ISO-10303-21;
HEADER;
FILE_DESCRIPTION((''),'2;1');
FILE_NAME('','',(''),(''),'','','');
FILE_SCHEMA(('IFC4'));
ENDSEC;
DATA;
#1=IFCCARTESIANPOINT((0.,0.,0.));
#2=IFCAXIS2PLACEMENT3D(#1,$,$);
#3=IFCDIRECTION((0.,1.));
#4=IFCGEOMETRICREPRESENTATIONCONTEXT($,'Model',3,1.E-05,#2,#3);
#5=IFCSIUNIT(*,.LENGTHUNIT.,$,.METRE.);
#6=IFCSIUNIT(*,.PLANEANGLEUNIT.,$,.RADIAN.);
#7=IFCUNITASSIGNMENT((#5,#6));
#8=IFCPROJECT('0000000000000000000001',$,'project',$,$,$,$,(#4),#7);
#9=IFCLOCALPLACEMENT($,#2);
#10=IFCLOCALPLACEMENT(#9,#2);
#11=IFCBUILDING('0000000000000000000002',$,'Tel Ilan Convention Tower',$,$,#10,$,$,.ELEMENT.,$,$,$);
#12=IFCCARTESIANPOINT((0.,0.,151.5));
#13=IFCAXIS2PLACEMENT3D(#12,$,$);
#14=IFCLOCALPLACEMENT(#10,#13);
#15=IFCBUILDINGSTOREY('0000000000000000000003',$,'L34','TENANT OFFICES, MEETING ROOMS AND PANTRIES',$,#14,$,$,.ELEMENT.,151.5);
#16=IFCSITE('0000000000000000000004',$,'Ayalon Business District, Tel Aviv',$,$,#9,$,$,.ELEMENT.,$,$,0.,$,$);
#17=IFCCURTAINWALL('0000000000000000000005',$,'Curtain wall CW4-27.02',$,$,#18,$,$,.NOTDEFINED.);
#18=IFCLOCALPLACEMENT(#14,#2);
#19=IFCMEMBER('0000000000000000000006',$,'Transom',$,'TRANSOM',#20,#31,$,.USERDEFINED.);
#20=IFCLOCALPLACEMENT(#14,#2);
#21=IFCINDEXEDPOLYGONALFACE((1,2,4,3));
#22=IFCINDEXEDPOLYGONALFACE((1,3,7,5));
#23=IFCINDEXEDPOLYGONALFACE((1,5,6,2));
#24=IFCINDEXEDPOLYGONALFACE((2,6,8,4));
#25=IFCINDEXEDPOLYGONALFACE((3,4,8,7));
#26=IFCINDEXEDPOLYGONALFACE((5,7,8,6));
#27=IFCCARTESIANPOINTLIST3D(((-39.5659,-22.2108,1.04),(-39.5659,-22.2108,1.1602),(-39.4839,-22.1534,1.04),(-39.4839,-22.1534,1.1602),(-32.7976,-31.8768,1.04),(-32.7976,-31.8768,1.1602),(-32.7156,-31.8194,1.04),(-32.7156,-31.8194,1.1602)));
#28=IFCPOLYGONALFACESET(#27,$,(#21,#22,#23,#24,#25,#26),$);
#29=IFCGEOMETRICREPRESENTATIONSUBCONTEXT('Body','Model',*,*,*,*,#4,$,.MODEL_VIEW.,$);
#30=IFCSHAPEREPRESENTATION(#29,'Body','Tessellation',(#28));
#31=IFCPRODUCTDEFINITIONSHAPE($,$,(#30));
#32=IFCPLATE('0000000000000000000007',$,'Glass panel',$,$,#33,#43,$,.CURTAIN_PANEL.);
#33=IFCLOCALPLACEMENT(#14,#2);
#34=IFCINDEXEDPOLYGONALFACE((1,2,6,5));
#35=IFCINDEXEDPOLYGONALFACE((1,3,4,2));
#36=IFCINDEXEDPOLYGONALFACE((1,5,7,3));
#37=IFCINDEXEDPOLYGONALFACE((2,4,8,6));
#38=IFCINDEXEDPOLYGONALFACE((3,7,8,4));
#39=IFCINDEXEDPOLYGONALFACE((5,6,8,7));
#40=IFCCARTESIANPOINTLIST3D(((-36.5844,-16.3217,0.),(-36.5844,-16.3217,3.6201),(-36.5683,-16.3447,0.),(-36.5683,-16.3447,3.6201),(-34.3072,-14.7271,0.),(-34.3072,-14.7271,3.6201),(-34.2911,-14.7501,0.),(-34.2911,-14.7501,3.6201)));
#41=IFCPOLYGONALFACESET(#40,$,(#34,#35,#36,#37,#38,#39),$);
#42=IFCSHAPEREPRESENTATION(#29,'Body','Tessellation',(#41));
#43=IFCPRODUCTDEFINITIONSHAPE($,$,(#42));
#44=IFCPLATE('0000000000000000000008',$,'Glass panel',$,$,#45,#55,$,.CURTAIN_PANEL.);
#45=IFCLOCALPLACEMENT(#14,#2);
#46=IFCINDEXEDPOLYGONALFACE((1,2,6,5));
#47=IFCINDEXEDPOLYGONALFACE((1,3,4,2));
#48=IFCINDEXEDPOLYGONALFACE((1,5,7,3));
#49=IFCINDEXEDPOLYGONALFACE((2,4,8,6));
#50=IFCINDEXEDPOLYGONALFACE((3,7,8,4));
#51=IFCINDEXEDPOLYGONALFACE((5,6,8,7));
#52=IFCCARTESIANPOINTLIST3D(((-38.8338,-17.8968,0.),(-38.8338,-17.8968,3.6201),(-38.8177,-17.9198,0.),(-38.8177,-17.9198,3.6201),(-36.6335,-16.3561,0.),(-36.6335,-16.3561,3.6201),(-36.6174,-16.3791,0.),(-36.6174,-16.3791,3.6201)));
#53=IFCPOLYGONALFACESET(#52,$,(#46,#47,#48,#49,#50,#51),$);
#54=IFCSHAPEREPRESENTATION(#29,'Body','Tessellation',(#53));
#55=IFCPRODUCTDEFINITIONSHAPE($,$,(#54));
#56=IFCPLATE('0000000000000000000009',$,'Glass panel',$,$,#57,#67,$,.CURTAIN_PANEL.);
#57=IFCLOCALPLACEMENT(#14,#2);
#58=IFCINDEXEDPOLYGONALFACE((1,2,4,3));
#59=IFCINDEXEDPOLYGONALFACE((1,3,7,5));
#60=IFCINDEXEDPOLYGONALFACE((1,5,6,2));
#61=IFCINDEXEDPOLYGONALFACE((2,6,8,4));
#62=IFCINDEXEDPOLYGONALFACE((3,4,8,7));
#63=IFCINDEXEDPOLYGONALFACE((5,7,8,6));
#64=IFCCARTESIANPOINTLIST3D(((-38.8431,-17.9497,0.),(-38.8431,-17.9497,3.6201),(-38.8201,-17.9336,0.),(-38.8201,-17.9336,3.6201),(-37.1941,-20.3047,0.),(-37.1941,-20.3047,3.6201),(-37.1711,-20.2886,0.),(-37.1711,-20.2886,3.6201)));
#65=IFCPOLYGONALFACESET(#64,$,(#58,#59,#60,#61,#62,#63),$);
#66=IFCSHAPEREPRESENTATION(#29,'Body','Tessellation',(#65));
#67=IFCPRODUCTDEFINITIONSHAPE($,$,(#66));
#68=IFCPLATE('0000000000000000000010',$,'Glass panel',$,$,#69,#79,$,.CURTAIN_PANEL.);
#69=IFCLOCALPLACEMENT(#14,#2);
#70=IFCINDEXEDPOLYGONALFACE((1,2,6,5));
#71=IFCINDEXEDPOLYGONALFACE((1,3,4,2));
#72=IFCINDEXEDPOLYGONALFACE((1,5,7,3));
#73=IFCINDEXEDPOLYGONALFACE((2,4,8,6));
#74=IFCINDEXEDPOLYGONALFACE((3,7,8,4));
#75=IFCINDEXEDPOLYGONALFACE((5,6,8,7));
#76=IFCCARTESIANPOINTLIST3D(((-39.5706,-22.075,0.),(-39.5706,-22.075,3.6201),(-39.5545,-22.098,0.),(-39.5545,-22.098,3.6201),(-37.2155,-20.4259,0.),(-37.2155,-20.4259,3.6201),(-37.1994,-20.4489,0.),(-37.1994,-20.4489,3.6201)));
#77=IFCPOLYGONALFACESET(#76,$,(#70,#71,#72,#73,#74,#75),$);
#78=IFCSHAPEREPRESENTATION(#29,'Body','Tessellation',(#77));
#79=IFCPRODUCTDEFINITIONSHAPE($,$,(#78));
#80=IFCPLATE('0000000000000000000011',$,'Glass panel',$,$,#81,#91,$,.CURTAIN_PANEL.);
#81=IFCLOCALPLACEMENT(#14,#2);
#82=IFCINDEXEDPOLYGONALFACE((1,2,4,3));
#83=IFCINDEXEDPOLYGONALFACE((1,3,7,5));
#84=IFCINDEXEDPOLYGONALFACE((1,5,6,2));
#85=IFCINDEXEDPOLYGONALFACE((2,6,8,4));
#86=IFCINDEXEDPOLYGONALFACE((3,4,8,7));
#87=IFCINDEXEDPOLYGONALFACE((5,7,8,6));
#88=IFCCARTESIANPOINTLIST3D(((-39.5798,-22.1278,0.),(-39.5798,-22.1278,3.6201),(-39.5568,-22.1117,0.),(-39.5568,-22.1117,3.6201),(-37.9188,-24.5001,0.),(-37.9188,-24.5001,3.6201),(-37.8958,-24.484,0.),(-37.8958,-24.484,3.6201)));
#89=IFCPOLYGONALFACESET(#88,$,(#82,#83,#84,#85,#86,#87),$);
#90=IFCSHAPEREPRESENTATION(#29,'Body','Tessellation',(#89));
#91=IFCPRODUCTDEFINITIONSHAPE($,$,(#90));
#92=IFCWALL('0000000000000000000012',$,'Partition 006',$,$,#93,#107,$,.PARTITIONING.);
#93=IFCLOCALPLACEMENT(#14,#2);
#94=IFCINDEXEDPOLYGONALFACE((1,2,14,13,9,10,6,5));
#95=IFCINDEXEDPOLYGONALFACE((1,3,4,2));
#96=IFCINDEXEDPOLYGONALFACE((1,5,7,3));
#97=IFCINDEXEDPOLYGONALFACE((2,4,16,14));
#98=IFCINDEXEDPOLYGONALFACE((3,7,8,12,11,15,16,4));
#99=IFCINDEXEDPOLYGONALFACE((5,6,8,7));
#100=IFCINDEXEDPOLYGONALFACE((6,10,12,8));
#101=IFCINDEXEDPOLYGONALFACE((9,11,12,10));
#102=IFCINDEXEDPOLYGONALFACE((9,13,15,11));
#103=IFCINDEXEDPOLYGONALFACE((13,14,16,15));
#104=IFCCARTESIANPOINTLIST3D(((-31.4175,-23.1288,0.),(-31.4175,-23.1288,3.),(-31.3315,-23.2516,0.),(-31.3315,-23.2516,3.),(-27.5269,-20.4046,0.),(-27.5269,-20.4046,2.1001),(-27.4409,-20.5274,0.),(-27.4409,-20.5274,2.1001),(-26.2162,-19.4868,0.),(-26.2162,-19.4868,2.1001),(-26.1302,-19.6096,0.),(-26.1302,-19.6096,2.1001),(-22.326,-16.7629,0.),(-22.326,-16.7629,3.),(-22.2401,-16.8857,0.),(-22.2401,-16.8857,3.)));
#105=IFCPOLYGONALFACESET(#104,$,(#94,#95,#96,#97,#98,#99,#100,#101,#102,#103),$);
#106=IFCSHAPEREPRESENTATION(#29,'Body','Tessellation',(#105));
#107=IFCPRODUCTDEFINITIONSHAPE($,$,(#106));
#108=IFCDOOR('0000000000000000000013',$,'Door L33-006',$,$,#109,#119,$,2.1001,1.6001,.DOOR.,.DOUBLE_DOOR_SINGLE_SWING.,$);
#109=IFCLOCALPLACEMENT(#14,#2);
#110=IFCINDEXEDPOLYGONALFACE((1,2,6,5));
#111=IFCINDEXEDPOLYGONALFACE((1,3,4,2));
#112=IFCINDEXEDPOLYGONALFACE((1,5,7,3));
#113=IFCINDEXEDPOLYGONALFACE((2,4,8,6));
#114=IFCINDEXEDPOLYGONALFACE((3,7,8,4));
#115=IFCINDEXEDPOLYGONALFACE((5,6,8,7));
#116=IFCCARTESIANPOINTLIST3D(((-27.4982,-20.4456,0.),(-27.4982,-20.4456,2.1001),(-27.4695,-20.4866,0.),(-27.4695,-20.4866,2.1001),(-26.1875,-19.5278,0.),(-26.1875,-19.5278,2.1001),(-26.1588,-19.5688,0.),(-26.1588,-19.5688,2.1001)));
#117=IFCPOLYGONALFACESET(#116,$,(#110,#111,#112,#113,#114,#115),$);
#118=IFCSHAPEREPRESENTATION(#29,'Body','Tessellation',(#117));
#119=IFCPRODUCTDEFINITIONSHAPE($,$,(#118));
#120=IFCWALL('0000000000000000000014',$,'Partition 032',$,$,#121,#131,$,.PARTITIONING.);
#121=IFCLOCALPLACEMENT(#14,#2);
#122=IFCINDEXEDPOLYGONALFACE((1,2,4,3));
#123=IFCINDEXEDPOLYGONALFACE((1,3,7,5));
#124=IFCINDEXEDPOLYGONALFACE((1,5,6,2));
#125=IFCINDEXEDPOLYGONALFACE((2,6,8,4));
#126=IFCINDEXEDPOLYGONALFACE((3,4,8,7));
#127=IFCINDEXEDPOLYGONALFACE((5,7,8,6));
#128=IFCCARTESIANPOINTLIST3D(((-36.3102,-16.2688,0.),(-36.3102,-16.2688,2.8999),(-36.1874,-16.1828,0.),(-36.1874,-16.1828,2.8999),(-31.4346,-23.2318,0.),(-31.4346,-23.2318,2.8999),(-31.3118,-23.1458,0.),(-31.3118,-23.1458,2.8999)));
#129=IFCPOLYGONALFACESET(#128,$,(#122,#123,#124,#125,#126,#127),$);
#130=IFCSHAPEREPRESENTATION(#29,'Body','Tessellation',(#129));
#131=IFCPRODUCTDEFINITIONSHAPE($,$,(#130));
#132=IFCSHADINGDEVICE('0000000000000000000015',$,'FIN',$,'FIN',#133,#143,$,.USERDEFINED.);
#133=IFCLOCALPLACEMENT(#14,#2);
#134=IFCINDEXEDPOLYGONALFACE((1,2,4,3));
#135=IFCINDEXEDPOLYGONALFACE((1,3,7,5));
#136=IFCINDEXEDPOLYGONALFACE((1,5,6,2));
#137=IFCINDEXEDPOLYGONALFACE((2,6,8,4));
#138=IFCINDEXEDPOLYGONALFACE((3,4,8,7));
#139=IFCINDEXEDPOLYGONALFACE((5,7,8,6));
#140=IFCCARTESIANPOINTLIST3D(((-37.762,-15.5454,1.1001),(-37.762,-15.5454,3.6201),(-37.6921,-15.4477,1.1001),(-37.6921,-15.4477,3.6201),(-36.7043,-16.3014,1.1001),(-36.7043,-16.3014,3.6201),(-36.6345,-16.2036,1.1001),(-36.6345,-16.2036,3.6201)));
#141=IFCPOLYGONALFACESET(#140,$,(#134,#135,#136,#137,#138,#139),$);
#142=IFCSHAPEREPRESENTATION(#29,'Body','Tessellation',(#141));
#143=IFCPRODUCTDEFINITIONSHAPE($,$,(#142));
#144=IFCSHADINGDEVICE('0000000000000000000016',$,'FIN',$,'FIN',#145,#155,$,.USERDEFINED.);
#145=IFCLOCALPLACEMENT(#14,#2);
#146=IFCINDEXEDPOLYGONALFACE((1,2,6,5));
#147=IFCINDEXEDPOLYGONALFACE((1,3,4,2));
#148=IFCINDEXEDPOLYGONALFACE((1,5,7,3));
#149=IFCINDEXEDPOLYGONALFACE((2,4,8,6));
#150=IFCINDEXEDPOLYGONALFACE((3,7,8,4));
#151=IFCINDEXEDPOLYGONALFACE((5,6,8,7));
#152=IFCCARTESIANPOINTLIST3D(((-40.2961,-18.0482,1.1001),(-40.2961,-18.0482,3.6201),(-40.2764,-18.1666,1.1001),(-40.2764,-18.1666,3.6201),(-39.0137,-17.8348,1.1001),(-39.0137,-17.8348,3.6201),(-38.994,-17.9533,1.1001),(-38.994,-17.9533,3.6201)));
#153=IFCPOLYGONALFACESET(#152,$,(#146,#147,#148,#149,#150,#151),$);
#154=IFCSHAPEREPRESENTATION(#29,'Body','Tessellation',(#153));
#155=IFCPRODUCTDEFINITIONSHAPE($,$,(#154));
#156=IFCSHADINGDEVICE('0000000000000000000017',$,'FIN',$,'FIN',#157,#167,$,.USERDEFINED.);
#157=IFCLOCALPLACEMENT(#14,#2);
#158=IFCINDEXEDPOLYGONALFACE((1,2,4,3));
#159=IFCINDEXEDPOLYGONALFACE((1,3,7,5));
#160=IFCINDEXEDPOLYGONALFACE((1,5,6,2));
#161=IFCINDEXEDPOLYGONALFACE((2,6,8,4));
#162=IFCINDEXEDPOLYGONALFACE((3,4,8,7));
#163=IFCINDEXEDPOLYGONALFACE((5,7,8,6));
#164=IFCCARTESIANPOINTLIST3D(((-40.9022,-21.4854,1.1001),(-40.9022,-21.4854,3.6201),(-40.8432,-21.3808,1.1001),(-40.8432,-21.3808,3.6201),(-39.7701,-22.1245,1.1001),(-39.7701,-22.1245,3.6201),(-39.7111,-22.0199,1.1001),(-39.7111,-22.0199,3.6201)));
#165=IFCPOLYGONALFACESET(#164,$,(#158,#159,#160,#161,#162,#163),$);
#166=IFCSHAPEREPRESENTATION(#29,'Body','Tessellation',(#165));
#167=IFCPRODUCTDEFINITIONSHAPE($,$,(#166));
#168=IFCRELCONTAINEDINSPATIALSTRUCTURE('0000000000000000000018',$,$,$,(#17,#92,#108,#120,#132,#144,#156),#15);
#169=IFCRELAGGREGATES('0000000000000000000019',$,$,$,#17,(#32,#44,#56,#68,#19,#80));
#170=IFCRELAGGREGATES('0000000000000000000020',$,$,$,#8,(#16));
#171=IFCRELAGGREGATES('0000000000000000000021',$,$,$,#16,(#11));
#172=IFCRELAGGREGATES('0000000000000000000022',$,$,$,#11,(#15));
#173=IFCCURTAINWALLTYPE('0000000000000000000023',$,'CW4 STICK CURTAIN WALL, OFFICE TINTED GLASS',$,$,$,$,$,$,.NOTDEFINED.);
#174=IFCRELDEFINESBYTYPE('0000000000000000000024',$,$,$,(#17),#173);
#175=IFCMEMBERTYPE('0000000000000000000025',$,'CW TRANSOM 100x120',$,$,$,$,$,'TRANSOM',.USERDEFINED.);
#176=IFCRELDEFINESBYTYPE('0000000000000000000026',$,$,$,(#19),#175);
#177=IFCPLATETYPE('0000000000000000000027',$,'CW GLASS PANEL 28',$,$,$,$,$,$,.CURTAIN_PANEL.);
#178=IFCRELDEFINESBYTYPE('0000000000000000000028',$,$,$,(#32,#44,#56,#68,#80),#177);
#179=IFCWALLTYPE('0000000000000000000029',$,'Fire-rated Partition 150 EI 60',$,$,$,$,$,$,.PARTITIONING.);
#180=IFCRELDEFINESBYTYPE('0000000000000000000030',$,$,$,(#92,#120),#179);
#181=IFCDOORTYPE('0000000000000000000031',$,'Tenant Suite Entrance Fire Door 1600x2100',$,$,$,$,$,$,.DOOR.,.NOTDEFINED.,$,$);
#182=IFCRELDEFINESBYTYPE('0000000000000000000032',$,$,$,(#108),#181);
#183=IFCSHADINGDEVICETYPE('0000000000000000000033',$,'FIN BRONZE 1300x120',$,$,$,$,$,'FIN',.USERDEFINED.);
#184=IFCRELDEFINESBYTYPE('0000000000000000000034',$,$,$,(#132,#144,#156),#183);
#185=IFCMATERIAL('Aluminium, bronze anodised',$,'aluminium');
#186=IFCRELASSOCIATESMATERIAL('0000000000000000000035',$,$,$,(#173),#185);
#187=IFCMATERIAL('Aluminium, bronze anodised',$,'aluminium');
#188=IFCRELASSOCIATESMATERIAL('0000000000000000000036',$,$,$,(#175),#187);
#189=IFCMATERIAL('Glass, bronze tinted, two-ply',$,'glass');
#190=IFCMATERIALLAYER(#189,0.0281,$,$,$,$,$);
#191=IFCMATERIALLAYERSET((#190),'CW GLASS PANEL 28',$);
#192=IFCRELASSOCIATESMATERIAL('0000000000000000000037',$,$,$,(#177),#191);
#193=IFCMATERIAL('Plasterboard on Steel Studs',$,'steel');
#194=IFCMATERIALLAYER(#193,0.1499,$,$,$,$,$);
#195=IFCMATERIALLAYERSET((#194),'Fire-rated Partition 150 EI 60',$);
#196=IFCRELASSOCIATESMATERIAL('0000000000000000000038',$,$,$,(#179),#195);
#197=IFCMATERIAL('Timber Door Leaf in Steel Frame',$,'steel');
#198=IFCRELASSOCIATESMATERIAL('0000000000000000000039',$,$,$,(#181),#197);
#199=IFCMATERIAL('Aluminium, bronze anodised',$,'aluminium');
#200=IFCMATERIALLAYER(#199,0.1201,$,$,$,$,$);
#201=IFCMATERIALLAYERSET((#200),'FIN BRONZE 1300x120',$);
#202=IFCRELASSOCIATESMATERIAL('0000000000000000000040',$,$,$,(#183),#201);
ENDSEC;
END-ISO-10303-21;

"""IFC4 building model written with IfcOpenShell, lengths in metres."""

from ifc_helpers import new_model, si_unit, direction, frame, frame_2d, origin, origin_2d, place, context, subcontext, project, spatial, rectangle, extrude, material, layer, layer_set, material_profile, profile_set, type_object, element, fill, aggregate, save


model = new_model("IFC4")

# Units and contexts
model_context = context("Model", 3, precision=1e-05, world=origin(), true_north=direction((0.0, 1.0)))
body_context = subcontext(model_context, "Body", "Model", "MODEL_VIEW")
ifc_project = project(units=[si_unit("LENGTHUNIT", "METRE"), si_unit("PLANEANGLEUNIT", "RADIAN")], contexts=[model_context])

# Site, building, storey
site_placement = place(None, origin())
site = spatial("IfcSite", under=ifc_project, at=site_placement, Name="Ayalon Business District, Tel Aviv", CompositionType="ELEMENT", RefElevation=0.0)
building_placement = place(site_placement, origin())
building = spatial("IfcBuilding", under=site, at=building_placement, Name="Tel Ilan Convention Tower", CompositionType="ELEMENT")
storey_placement = place(building_placement, frame((0.0, 0.0, 151.5)))
storey = spatial("IfcBuildingStorey", under=building, at=storey_placement, Name="L34", Description="TENANT OFFICES, MEETING ROOMS AND PANTRIES", CompositionType="ELEMENT", Elevation=151.5)

# Curtain wall, member, plates
ifc_material_1 = material(Name="Aluminium, bronze anodised", Category="aluminium")
curtain_wall_type = type_object("IfcCurtainWallType", Name="CW4 STICK CURTAIN WALL, OFFICE TINTED GLASS", PredefinedType="NOTDEFINED", material=ifc_material_1)
curtain_wall_placement = place(storey_placement, origin())
curtain_wall = element("IfcCurtainWall", 1, at=curtain_wall_placement, inside=storey, type_object=curtain_wall_type, Name="Curtain wall CW4-27.02", PredefinedType="NOTDEFINED")
ifc_material_2 = material(Name="Aluminium, bronze anodised", Category="aluminium")
ifc_material_profile_1 = material_profile(ifc_material_2, rectangle(XDim=0.1001, YDim=0.1201, at=origin_2d()), Name="CW TRANSOM 100x120")
ifc_profile_set_1 = profile_set([ifc_material_profile_1], Name="Aluminium, bronze anodised")
member_type_1 = type_object("IfcMemberType", Name="CW TRANSOM 100x120", ElementType="TRANSOM", PredefinedType="USERDEFINED", material=ifc_profile_set_1)
member_1_placement = place(storey_placement, frame((-39.5249, -22.1821, 1.1001), z_axis=(0.573582, -0.819148, 0.0), x_axis=(0.819148, 0.573582, 0.0)))
member_1 = element("IfcMember", 2, at=member_1_placement, type_object=member_type_1, Name="Transom", ObjectType="TRANSOM", PredefinedType="USERDEFINED", context=body_context, shape_type="SweptSolid", body=[
    extrude(rectangle(XDim=0.1001, YDim=0.1201, at=origin_2d()), origin(), (0.0, 0.0, 1.0), 11.8),
])
ifc_material_3 = material(Name="Glass, bronze tinted, two-ply", Category="glass")
ifc_layer_1 = layer(ifc_material_3, 0.0281)
ifc_layer_set_1 = layer_set([ifc_layer_1], Name="CW GLASS PANEL 28")
plate_type = type_object("IfcPlateType", Name="CW GLASS PANEL 28", PredefinedType="CURTAIN_PANEL", material=ifc_layer_set_1)
plate_1_placement = place(storey_placement, frame((-35.4377, -15.5359, 0.0), z_axis=(0.0, 0.0, 1.0), x_axis=(-0.819152, -0.573576, 0.0)))
plate_1 = element("IfcPlate", 3, at=plate_1_placement, type_object=plate_type, Name="Glass panel", PredefinedType="CURTAIN_PANEL", context=body_context, shape_type="SweptSolid", body=[
    extrude(rectangle(XDim=2.78, YDim=0.0281, at=origin_2d()), origin(), (0.0, 0.0, 1.0), 3.6201),
])
plate_2_placement = place(storey_placement, frame((-37.7256, -17.1379, 0.0), z_axis=(0.0, 0.0, 1.0), x_axis=(-0.819152, -0.573576, 0.0)))
plate_2 = element("IfcPlate", 4, at=plate_2_placement, type_object=plate_type, Name="Glass panel", PredefinedType="CURTAIN_PANEL", context=body_context, shape_type="SweptSolid", body=[
    extrude(rectangle(XDim=2.686, YDim=0.0281, at=origin_2d()), origin(), (0.0, 0.0, 1.0), 3.6201),
])
plate_3_placement = place(storey_placement, frame((-38.0071, -19.1191, 0.0), z_axis=(0.0, 0.0, 1.0), x_axis=(0.573576, -0.819152, 0.0)))
plate_3 = element("IfcPlate", 5, at=plate_3_placement, type_object=plate_type, Name="Glass panel", PredefinedType="CURTAIN_PANEL", context=body_context, shape_type="SweptSolid", body=[
    extrude(rectangle(XDim=2.875, YDim=0.0281, at=origin_2d()), origin(), (0.0, 0.0, 1.0), 3.6201),
])
plate_4_placement = place(storey_placement, frame((-38.385, -21.262, 0.0), z_axis=(0.0, 0.0, 1.0), x_axis=(-0.819152, -0.573576, 0.0)))
plate_4 = element("IfcPlate", 6, at=plate_4_placement, type_object=plate_type, Name="Glass panel", PredefinedType="CURTAIN_PANEL", context=body_context, shape_type="SweptSolid", body=[
    extrude(rectangle(XDim=2.875, YDim=0.0281, at=origin_2d()), origin(), (0.0, 0.0, 1.0), 3.6201),
])
plate_5_placement = place(storey_placement, frame((-38.7378, -23.3059, 0.0), z_axis=(0.0, 0.0, 1.0), x_axis=(0.573576, -0.819152, 0.0)))
plate_5 = element("IfcPlate", 7, at=plate_5_placement, type_object=plate_type, Name="Glass panel", PredefinedType="CURTAIN_PANEL", context=body_context, shape_type="SweptSolid", body=[
    extrude(rectangle(XDim=2.896, YDim=0.0281, at=origin_2d()), origin(), (0.0, 0.0, 1.0), 3.6201),
])
aggregate(curtain_wall, [plate_1, plate_2, plate_3, plate_4, member_1, plate_5])

# Wall, opening, door
ifc_material_4 = material(Name="Plasterboard on Steel Studs", Category="steel")
ifc_layer_2 = layer(ifc_material_4, 0.1499)
ifc_layer_set_2 = layer_set([ifc_layer_2], Name="Fire-rated Partition 150 EI 60")
wall_type = type_object("IfcWallType", Name="Fire-rated Partition 150 EI 60", PredefinedType="PARTITIONING", material=ifc_layer_set_2)
wall_1_placement = place(storey_placement, frame((-31.3745, -23.1902, 0.0), z_axis=(0.0, 0.0, 1.0), x_axis=(0.819152, 0.573576, 0.0)))
wall_1 = element("IfcWall", 8, at=wall_1_placement, inside=storey, type_object=wall_type, Name="Partition 006", PredefinedType="PARTITIONING", context=body_context, shape_type="SweptSolid", body=[
    extrude(rectangle(XDim=11.0986, YDim=0.1499, at=frame_2d((5.5493, 0.0))), origin(), (0.0, 0.0, 1.0), 3.0),
])
opening_placement = place(wall_1_placement, frame((4.7495, 0.0, 0.0)))
opening = element("IfcOpeningElement", 9, at=opening_placement, cuts=wall_1, PredefinedType="OPENING", context=body_context, shape_type="SweptSolid", body=[
    extrude(rectangle(XDim=1.6001, YDim=2.1001, at=frame_2d((0.8, 1.05))), frame((0.0, 0.085, 0.0), z_axis=(0.0, -1.0, 0.0), x_axis=(1.0, 0.0, 0.0)), (0.0, 0.0, 1.0), 0.1699),
])
ifc_material_5 = material(Name="Timber Door Leaf in Steel Frame", Category="steel")
door_type = type_object("IfcDoorType", Name="Tenant Suite Entrance Fire Door 1600x2100", OperationType="NOTDEFINED", PredefinedType="DOOR", material=ifc_material_5)
door_placement = place(opening_placement, origin())
door = element("IfcDoor", 10, at=door_placement, inside=storey, type_object=door_type, Name="Door L33-006", OperationType="DOUBLE_DOOR_SINGLE_SWING", OverallHeight=2.1001, OverallWidth=1.6001, PredefinedType="DOOR", context=body_context, shape_type="SweptSolid", body=[
    extrude(rectangle(XDim=1.6001, YDim=2.1001, at=frame_2d((0.8, 1.05))), frame((0.0, 0.0249, 0.0), z_axis=(0.0, -1.0, 0.0), x_axis=(1.0, 0.0, 0.0)), (0.0, 0.0, 1.0), 0.05),
])
fill(opening, door)

# Wall
wall_2_placement = place(storey_placement, frame((-31.3733, -23.1887, 0.0), z_axis=(0.0, 0.0, 1.0), x_axis=(-0.573578, 0.819151, 0.0)))
element("IfcWall", 11, at=wall_2_placement, inside=storey, type_object=wall_type, Name="Partition 032", PredefinedType="PARTITIONING", context=body_context, shape_type="SweptSolid", body=[
    extrude(rectangle(XDim=8.5002, YDim=0.1499, at=frame_2d((4.25, 0.0))), origin(), (0.0, 0.0, 1.0), 2.8999),
])

# Shading devices
ifc_material_6 = material(Name="Aluminium, bronze anodised", Category="aluminium")
ifc_layer_3 = layer(ifc_material_6, 0.1201)
ifc_layer_set_3 = layer_set([ifc_layer_3], Name="FIN BRONZE 1300x120")
shading_device_type = type_object("IfcShadingDeviceType", Name="FIN BRONZE 1300x120", ElementType="FIN", PredefinedType="USERDEFINED", material=ifc_layer_set_3)
for number, where, z_axis, x_axis, name in (
    (12, (-37.1982, -15.8745, 1.1001), (0.0, 0.0, 1.0), (-0.813552, 0.581492, 0.0), "FIN"),
    (13, (-39.645, -18.0007, 1.1001), (0.0, 0.0, 1.0), (-0.986445, -0.164091, 0.0), "FIN"),
    (14, (-40.3066, -21.7527, 1.1001), (0.0, 0.0, 1.0), (-0.870833, 0.491579, 0.0), "FIN"),
):
    element("IfcShadingDevice", number, at=place(storey_placement, frame(where, z_axis=z_axis, x_axis=x_axis)), inside=storey, type_object=shading_device_type, Name=name, ObjectType="FIN", PredefinedType="USERDEFINED", context=body_context, shape_type="SweptSolid", body=[
        extrude(rectangle(XDim=1.3, YDim=0.1201, at=origin_2d()), origin(), (0.0, 0.0, 1.0), 2.52),
    ])

save(model, "model.ifc")
